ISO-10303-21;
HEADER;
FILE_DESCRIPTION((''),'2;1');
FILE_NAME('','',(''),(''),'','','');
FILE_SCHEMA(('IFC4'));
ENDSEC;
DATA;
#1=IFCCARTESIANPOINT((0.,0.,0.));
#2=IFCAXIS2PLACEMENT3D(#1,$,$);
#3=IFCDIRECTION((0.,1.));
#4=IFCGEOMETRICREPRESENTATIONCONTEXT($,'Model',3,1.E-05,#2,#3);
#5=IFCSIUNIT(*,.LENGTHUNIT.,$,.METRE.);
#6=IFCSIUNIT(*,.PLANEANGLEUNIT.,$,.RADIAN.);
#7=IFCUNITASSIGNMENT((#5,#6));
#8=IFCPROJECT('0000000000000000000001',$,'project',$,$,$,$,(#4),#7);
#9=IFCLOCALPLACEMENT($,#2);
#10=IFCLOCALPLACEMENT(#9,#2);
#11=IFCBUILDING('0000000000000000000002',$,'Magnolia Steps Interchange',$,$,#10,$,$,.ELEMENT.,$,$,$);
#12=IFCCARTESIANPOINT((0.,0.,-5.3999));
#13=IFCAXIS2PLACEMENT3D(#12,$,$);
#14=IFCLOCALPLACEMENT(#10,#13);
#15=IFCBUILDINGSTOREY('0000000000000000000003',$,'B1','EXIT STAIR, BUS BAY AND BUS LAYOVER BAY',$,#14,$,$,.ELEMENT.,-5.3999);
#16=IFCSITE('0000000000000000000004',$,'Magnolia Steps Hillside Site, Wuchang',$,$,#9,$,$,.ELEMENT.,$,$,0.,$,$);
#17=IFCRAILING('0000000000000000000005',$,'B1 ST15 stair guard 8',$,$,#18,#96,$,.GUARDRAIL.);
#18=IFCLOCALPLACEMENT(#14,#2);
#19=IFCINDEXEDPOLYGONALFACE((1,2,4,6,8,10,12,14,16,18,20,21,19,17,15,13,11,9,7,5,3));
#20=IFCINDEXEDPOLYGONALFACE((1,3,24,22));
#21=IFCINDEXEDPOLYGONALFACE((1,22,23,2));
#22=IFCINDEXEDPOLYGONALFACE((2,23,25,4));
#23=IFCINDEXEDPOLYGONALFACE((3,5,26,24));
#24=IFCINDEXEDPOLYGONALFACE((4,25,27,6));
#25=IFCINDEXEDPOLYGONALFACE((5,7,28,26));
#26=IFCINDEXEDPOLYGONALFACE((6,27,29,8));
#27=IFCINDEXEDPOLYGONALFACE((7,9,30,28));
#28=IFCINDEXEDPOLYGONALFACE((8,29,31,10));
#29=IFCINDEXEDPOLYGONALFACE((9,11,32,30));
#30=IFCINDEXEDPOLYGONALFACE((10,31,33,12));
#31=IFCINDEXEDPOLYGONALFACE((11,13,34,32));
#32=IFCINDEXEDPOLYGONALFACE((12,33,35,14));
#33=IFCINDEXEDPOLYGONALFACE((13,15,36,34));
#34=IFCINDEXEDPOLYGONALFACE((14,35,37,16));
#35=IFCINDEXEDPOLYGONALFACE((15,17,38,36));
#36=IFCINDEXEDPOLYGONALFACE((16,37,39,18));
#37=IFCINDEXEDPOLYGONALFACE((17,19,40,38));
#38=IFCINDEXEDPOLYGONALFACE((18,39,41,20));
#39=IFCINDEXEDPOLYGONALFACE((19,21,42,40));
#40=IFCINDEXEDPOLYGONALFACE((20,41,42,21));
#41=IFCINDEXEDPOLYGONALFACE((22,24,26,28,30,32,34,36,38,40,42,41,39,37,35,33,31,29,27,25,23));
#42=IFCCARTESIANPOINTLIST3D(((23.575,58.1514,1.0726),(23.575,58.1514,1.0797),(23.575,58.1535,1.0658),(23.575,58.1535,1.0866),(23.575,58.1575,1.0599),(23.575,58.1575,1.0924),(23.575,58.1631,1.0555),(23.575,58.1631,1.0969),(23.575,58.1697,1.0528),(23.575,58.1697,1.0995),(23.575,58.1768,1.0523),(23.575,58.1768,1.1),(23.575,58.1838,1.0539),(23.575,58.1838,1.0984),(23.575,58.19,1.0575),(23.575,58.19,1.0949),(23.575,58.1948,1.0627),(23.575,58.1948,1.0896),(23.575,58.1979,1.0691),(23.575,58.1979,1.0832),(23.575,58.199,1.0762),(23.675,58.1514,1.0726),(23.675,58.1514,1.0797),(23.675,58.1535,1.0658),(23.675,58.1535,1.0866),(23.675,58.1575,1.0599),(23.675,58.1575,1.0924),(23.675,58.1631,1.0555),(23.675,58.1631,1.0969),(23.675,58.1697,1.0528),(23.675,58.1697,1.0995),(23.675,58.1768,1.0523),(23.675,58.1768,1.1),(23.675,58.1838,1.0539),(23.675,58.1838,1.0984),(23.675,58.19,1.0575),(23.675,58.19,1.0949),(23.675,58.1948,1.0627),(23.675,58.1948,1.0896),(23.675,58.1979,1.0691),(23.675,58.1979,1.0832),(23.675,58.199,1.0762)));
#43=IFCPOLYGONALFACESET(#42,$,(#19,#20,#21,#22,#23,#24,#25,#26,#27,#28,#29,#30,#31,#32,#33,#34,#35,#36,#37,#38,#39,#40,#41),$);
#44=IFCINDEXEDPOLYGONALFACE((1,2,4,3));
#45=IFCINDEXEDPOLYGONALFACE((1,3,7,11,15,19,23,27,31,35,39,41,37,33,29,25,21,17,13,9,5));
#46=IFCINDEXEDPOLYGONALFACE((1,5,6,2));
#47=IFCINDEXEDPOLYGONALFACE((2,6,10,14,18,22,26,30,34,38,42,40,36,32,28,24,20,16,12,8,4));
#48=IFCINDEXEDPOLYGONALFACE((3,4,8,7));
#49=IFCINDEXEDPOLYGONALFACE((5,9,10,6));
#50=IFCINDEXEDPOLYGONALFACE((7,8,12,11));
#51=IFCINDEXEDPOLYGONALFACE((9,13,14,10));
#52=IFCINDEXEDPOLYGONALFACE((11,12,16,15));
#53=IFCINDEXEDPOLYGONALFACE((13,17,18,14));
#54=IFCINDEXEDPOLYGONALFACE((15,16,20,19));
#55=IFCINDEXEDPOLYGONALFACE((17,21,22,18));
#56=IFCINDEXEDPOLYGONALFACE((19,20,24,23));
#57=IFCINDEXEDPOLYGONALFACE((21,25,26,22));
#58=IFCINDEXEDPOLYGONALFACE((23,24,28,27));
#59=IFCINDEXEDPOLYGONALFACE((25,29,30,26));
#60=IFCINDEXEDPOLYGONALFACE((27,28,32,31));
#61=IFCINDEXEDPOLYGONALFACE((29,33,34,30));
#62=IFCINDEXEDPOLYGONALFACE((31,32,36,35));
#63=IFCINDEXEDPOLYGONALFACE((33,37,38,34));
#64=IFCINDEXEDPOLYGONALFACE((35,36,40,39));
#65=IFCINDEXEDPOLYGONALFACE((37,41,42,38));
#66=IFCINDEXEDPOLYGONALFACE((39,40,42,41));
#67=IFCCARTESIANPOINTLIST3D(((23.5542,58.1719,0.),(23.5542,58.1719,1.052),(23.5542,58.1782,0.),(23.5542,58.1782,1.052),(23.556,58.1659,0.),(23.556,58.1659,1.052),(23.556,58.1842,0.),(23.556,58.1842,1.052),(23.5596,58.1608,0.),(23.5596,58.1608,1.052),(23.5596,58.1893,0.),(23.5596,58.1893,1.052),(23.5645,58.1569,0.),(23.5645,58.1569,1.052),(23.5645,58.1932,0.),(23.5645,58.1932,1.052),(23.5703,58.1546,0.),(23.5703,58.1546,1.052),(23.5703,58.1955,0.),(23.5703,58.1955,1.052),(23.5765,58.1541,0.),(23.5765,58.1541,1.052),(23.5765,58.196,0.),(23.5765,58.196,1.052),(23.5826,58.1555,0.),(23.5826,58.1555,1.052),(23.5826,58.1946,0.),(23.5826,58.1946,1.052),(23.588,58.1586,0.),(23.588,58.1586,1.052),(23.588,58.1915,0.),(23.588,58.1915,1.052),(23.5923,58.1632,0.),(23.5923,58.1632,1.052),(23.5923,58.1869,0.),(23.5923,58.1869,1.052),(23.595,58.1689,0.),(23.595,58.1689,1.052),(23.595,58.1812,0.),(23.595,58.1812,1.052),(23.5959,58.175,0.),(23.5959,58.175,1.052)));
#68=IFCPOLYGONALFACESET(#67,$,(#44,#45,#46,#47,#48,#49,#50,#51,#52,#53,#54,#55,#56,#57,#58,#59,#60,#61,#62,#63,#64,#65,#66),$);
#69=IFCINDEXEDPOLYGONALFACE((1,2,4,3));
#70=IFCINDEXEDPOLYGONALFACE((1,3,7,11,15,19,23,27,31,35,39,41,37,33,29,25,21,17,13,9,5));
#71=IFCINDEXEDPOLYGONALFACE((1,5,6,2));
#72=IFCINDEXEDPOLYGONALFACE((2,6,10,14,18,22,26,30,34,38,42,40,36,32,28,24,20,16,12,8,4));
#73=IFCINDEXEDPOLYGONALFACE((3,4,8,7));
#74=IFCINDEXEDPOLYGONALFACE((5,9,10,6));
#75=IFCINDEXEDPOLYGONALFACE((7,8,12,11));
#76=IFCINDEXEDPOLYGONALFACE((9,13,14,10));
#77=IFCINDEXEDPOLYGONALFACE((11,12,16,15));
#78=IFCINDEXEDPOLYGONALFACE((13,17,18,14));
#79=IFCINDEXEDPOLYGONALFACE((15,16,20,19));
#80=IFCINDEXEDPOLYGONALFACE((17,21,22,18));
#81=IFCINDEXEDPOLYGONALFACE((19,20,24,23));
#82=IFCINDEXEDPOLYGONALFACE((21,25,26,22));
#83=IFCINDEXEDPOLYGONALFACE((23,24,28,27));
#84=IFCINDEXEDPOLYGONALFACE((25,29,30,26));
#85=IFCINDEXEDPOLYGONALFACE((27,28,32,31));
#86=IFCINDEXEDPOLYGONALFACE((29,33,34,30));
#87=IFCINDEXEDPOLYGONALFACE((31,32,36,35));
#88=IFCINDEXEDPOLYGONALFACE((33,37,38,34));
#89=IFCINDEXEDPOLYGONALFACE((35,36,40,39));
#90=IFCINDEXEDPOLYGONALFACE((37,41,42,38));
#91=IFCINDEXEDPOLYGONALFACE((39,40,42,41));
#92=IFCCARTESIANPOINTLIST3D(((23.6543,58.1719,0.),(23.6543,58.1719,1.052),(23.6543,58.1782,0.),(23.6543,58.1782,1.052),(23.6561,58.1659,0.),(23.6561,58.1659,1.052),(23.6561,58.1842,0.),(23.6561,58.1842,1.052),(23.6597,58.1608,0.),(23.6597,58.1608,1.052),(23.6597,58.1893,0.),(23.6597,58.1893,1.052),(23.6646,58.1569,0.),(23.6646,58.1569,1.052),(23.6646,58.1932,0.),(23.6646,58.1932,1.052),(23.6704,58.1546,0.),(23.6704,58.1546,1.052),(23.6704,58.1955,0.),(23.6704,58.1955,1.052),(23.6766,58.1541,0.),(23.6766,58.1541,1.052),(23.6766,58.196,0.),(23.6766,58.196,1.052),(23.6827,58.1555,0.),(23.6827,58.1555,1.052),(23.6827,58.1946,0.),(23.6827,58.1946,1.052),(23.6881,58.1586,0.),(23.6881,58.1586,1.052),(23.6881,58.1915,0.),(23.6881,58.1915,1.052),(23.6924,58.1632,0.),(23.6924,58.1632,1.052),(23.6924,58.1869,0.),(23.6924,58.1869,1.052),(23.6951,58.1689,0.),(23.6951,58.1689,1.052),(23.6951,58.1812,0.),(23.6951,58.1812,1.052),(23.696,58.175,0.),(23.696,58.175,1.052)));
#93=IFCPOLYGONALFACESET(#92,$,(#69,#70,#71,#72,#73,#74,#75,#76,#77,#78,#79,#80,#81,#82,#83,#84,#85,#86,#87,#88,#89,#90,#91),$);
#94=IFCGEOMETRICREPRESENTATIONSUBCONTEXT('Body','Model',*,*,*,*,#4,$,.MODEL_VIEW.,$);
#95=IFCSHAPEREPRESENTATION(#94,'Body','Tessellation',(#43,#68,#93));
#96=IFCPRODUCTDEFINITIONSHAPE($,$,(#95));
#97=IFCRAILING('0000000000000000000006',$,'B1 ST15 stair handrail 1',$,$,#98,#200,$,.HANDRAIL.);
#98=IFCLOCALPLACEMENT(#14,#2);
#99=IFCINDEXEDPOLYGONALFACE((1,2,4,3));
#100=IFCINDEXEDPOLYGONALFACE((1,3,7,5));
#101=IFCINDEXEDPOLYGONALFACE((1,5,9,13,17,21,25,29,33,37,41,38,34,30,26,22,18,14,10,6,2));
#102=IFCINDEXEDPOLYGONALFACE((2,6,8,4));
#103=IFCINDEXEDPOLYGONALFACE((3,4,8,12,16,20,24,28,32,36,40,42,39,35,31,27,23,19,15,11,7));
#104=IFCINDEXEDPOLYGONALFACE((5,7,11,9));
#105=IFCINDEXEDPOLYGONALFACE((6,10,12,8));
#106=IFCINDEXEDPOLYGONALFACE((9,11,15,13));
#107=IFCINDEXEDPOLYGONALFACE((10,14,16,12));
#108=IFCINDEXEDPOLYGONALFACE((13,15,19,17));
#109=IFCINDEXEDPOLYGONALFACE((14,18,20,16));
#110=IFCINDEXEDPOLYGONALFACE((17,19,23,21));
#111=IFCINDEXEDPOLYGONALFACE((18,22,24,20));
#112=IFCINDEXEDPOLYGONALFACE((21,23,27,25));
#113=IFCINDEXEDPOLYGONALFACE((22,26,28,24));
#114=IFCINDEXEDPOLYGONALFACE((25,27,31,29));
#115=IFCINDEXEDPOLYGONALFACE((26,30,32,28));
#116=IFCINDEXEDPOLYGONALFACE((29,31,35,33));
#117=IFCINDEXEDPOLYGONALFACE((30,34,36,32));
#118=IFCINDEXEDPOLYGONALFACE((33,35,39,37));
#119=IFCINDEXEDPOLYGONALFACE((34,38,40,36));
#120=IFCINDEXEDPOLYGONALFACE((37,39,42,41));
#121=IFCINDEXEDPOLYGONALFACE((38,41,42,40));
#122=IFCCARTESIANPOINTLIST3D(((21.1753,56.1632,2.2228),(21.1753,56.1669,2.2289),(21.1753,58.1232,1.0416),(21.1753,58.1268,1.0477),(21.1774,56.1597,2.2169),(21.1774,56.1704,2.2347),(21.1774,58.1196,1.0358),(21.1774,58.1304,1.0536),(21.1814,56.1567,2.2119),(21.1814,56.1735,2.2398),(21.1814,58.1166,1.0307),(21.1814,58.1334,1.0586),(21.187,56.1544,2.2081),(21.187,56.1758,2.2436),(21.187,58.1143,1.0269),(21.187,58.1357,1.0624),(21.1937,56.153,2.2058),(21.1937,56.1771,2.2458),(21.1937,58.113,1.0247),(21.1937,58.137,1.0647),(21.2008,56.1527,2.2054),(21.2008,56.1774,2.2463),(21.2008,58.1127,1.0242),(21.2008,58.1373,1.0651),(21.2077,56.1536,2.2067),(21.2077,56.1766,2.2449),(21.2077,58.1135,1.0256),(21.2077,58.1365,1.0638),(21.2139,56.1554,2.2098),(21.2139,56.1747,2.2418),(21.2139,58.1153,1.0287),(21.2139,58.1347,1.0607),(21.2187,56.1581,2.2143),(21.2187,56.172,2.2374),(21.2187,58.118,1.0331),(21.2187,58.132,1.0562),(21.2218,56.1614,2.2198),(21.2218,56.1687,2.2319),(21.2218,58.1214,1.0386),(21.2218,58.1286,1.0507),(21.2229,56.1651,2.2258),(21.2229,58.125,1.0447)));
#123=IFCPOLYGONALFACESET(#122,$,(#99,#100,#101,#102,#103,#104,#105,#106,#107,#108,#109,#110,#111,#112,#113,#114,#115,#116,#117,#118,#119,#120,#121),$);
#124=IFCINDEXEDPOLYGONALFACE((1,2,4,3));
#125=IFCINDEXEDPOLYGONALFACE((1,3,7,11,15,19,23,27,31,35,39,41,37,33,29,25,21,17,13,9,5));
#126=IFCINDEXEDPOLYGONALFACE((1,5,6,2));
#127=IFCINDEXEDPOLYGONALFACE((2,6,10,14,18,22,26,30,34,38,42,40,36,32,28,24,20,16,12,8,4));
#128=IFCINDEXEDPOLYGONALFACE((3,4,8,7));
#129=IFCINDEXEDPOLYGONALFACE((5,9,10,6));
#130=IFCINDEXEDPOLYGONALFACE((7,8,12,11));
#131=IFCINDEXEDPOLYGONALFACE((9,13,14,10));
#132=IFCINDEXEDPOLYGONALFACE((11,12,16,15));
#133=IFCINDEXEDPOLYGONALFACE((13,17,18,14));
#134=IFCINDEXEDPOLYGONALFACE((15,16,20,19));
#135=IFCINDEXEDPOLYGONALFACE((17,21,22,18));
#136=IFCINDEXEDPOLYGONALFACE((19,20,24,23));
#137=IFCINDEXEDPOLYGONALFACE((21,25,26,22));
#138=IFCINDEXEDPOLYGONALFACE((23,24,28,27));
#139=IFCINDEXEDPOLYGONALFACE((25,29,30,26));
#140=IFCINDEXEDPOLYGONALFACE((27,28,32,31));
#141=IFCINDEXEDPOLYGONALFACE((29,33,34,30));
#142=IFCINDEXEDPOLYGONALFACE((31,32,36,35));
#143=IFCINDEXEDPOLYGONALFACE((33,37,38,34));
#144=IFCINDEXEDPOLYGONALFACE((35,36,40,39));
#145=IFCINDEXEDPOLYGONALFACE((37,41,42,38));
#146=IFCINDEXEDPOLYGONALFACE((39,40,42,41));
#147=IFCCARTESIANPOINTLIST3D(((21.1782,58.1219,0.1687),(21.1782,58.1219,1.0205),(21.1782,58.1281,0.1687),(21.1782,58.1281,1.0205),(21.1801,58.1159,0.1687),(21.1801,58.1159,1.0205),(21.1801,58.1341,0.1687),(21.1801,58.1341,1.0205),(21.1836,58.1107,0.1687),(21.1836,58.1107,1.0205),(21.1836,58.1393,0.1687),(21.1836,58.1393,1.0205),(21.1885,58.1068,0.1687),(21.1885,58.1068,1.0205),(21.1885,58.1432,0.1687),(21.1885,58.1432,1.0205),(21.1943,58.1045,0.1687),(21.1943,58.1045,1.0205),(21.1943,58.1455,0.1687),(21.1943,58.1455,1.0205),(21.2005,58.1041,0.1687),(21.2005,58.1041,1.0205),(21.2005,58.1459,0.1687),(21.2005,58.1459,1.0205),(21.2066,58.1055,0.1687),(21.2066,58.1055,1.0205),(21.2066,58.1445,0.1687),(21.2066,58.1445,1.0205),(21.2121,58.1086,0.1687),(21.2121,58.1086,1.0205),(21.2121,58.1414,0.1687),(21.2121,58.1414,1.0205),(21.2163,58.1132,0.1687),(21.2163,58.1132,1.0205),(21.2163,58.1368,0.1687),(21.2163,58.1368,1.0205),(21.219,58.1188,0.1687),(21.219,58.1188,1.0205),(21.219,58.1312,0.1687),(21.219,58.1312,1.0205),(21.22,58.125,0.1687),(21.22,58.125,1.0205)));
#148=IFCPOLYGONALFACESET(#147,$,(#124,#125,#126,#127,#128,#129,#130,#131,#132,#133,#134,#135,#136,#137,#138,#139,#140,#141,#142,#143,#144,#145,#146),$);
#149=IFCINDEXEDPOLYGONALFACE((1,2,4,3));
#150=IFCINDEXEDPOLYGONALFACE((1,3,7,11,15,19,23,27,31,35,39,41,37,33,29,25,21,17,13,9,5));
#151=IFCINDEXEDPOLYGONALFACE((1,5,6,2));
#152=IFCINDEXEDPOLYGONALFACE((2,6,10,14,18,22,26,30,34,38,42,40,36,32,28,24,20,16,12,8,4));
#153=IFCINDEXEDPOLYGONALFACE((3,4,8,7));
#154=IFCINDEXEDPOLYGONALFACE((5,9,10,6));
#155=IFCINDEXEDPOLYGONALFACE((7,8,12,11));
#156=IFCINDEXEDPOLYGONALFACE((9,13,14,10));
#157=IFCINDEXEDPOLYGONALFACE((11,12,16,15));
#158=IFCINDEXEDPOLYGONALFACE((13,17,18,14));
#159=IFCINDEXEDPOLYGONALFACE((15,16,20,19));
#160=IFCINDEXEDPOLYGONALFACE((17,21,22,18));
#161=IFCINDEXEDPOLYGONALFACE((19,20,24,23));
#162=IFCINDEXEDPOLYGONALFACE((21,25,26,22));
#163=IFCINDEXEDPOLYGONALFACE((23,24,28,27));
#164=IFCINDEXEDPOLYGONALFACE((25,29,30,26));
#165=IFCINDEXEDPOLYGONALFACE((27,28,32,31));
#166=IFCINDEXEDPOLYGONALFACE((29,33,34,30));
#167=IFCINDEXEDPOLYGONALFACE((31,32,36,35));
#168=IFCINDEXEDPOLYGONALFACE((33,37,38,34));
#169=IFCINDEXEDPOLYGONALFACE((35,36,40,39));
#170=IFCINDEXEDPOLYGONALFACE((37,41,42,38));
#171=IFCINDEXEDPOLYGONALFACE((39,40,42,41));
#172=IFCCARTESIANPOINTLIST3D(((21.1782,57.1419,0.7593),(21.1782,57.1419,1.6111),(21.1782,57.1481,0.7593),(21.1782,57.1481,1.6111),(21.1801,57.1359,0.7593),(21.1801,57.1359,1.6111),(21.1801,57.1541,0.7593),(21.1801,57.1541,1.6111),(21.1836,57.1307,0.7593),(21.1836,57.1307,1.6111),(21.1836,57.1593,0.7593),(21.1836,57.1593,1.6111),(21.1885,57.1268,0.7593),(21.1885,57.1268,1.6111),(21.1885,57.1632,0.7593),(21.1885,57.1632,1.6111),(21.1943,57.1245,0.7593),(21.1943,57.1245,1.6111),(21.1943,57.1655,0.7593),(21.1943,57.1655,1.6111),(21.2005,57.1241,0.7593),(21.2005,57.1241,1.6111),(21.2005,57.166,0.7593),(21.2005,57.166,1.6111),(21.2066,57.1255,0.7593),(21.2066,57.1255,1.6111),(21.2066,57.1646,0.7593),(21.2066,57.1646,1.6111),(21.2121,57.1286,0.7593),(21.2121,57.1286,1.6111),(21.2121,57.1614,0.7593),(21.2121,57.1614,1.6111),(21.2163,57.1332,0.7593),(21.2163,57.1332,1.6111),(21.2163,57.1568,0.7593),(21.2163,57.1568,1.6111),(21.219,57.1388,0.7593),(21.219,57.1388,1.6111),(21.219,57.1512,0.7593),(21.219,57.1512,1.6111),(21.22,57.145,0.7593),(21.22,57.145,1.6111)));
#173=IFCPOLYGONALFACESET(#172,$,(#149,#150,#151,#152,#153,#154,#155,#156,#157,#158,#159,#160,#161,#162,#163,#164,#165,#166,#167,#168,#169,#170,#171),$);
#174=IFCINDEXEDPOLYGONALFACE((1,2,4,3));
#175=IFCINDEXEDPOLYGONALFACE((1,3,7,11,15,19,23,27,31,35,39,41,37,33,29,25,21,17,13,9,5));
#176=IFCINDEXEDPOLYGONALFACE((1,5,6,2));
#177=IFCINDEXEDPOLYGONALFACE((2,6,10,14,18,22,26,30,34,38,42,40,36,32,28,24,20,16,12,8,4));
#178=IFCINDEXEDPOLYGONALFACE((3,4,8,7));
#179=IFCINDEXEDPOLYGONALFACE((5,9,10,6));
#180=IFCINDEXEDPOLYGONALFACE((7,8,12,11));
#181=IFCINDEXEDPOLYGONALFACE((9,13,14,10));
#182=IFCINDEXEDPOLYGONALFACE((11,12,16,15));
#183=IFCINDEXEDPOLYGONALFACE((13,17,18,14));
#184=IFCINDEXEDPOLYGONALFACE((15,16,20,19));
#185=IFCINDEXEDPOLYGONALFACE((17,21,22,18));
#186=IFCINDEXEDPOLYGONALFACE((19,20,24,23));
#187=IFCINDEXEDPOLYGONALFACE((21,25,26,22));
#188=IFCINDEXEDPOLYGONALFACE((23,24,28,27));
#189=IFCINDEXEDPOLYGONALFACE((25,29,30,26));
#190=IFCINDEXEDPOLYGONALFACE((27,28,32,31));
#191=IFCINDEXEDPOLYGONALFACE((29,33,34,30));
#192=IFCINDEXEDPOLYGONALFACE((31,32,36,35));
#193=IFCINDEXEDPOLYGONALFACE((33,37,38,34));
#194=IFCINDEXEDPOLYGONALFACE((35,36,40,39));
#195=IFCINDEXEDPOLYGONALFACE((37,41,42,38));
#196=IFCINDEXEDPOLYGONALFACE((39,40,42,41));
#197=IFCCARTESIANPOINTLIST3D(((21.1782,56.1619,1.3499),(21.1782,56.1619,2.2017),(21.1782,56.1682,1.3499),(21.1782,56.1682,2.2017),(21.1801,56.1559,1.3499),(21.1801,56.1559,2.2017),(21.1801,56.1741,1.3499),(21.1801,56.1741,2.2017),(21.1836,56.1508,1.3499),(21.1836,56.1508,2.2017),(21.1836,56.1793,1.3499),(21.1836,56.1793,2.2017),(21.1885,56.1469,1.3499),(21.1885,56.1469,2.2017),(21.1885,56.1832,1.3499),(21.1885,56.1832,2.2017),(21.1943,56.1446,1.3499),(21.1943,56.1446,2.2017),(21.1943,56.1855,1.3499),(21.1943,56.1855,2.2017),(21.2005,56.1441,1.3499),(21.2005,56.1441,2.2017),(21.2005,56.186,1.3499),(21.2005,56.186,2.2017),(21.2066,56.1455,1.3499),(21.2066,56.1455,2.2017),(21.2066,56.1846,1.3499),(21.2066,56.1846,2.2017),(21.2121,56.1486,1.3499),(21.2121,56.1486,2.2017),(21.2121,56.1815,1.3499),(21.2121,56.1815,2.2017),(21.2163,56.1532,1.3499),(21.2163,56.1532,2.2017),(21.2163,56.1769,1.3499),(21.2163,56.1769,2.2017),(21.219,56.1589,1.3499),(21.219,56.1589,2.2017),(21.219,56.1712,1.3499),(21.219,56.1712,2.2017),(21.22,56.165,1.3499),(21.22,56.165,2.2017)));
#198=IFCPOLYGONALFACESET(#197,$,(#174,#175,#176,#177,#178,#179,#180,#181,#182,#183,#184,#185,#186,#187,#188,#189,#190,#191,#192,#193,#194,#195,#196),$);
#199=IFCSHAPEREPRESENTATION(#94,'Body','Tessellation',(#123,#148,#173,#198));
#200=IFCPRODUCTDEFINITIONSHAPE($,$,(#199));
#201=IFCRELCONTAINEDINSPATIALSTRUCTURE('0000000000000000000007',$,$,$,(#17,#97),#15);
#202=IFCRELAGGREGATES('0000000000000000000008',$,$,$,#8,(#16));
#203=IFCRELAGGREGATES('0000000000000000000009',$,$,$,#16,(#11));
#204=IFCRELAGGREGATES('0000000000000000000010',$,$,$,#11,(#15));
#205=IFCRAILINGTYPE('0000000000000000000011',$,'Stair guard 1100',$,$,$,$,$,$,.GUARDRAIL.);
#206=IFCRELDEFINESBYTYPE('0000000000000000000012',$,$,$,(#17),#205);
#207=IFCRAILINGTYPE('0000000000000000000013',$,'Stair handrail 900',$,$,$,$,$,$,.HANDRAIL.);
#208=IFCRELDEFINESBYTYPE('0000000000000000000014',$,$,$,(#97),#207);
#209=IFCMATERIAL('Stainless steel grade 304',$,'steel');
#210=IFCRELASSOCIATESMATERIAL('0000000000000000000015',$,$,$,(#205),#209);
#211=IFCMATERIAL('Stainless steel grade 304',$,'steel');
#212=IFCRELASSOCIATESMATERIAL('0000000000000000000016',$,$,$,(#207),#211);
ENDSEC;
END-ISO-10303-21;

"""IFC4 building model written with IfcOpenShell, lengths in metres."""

from ifc_helpers import new_model, si_unit, direction, frame, origin, origin_2d, place, context, subcontext, project, spatial, circle, extrude, material, type_object, element, save


model = new_model("IFC4")

# Units and contexts
model_context = context("Model", 3, precision=1e-05, world=origin(), true_north=direction((0.0, 1.0)))
body_context = subcontext(model_context, "Body", "Model", "MODEL_VIEW")
ifc_project = project(units=[si_unit("LENGTHUNIT", "METRE"), si_unit("PLANEANGLEUNIT", "RADIAN")], contexts=[model_context])

# Site, building, storey
site_placement = place(None, origin())
site = spatial("IfcSite", under=ifc_project, at=site_placement, Name="Magnolia Steps Hillside Site, Wuchang", CompositionType="ELEMENT", RefElevation=0.0)
building_placement = place(site_placement, origin())
building = spatial("IfcBuilding", under=site, at=building_placement, Name="Magnolia Steps Interchange", CompositionType="ELEMENT")
storey_placement = place(building_placement, frame((0.0, 0.0, -5.3999)))
storey = spatial("IfcBuildingStorey", under=building, at=storey_placement, Name="B1", Description="EXIT STAIR, BUS BAY AND BUS LAYOVER BAY", CompositionType="ELEMENT", Elevation=-5.3999)

# Railings
ifc_material_1 = material(Name="Stainless steel grade 304", Category="steel")
railing_type_1 = type_object("IfcRailingType", Name="Stair guard 1100", PredefinedType="GUARDRAIL", material=ifc_material_1)
railing_1_placement = place(storey_placement, frame((23.575, 58.175, 0.0)))
element("IfcRailing", 1, at=railing_1_placement, inside=storey, type_object=railing_type_1, Name="B1 ST15 stair guard 8", PredefinedType="GUARDRAIL", context=body_context, shape_type="SweptSolid", body=[
    extrude(circle(Radius=0.0239, at=origin_2d()), frame((0.0, 0.0, 1.0762), z_axis=(1.0, 0.0, 0.0), x_axis=(0.0, 1.0, 0.0)), (0.0, 0.0, 1.0), 0.1001),
    extrude(circle(Radius=0.021, at=origin_2d()), origin(), (0.0, 0.0, 1.0), 1.052),
    extrude(circle(Radius=0.021, at=origin_2d()), frame((0.1001, 0.0, 0.0)), (0.0, 0.0, 1.0), 1.052),
])
ifc_material_2 = material(Name="Stainless steel grade 304", Category="steel")
railing_type_2 = type_object("IfcRailingType", Name="Stair handrail 900", PredefinedType="HANDRAIL", material=ifc_material_2)
railing_2_placement = place(storey_placement, frame((21.199, 58.125, 0.1687)))
element("IfcRailing", 2, at=railing_2_placement, inside=storey, type_object=railing_type_2, Name="B1 ST15 stair handrail 1", PredefinedType="HANDRAIL", context=body_context, shape_type="SweptSolid", body=[
    extrude(circle(Radius=0.0239, at=origin_2d()), frame((0.0, 0.0, 0.876), z_axis=(0.0, -0.856493, 0.516158), x_axis=(1.0, 0.0, 0.0)), (0.0, 0.0, 1.0), 2.2883),
    extrude(circle(Radius=0.021, at=origin_2d()), origin(), (0.0, 0.0, 1.0), 0.8518),
    extrude(circle(Radius=0.021, at=origin_2d()), frame((0.0, -0.98, 0.5906)), (0.0, 0.0, 1.0), 0.8518),
    extrude(circle(Radius=0.021, at=origin_2d()), frame((0.0, -1.96, 1.1812)), (0.0, 0.0, 1.0), 0.8518),
])

save(model, "model.ifc")
